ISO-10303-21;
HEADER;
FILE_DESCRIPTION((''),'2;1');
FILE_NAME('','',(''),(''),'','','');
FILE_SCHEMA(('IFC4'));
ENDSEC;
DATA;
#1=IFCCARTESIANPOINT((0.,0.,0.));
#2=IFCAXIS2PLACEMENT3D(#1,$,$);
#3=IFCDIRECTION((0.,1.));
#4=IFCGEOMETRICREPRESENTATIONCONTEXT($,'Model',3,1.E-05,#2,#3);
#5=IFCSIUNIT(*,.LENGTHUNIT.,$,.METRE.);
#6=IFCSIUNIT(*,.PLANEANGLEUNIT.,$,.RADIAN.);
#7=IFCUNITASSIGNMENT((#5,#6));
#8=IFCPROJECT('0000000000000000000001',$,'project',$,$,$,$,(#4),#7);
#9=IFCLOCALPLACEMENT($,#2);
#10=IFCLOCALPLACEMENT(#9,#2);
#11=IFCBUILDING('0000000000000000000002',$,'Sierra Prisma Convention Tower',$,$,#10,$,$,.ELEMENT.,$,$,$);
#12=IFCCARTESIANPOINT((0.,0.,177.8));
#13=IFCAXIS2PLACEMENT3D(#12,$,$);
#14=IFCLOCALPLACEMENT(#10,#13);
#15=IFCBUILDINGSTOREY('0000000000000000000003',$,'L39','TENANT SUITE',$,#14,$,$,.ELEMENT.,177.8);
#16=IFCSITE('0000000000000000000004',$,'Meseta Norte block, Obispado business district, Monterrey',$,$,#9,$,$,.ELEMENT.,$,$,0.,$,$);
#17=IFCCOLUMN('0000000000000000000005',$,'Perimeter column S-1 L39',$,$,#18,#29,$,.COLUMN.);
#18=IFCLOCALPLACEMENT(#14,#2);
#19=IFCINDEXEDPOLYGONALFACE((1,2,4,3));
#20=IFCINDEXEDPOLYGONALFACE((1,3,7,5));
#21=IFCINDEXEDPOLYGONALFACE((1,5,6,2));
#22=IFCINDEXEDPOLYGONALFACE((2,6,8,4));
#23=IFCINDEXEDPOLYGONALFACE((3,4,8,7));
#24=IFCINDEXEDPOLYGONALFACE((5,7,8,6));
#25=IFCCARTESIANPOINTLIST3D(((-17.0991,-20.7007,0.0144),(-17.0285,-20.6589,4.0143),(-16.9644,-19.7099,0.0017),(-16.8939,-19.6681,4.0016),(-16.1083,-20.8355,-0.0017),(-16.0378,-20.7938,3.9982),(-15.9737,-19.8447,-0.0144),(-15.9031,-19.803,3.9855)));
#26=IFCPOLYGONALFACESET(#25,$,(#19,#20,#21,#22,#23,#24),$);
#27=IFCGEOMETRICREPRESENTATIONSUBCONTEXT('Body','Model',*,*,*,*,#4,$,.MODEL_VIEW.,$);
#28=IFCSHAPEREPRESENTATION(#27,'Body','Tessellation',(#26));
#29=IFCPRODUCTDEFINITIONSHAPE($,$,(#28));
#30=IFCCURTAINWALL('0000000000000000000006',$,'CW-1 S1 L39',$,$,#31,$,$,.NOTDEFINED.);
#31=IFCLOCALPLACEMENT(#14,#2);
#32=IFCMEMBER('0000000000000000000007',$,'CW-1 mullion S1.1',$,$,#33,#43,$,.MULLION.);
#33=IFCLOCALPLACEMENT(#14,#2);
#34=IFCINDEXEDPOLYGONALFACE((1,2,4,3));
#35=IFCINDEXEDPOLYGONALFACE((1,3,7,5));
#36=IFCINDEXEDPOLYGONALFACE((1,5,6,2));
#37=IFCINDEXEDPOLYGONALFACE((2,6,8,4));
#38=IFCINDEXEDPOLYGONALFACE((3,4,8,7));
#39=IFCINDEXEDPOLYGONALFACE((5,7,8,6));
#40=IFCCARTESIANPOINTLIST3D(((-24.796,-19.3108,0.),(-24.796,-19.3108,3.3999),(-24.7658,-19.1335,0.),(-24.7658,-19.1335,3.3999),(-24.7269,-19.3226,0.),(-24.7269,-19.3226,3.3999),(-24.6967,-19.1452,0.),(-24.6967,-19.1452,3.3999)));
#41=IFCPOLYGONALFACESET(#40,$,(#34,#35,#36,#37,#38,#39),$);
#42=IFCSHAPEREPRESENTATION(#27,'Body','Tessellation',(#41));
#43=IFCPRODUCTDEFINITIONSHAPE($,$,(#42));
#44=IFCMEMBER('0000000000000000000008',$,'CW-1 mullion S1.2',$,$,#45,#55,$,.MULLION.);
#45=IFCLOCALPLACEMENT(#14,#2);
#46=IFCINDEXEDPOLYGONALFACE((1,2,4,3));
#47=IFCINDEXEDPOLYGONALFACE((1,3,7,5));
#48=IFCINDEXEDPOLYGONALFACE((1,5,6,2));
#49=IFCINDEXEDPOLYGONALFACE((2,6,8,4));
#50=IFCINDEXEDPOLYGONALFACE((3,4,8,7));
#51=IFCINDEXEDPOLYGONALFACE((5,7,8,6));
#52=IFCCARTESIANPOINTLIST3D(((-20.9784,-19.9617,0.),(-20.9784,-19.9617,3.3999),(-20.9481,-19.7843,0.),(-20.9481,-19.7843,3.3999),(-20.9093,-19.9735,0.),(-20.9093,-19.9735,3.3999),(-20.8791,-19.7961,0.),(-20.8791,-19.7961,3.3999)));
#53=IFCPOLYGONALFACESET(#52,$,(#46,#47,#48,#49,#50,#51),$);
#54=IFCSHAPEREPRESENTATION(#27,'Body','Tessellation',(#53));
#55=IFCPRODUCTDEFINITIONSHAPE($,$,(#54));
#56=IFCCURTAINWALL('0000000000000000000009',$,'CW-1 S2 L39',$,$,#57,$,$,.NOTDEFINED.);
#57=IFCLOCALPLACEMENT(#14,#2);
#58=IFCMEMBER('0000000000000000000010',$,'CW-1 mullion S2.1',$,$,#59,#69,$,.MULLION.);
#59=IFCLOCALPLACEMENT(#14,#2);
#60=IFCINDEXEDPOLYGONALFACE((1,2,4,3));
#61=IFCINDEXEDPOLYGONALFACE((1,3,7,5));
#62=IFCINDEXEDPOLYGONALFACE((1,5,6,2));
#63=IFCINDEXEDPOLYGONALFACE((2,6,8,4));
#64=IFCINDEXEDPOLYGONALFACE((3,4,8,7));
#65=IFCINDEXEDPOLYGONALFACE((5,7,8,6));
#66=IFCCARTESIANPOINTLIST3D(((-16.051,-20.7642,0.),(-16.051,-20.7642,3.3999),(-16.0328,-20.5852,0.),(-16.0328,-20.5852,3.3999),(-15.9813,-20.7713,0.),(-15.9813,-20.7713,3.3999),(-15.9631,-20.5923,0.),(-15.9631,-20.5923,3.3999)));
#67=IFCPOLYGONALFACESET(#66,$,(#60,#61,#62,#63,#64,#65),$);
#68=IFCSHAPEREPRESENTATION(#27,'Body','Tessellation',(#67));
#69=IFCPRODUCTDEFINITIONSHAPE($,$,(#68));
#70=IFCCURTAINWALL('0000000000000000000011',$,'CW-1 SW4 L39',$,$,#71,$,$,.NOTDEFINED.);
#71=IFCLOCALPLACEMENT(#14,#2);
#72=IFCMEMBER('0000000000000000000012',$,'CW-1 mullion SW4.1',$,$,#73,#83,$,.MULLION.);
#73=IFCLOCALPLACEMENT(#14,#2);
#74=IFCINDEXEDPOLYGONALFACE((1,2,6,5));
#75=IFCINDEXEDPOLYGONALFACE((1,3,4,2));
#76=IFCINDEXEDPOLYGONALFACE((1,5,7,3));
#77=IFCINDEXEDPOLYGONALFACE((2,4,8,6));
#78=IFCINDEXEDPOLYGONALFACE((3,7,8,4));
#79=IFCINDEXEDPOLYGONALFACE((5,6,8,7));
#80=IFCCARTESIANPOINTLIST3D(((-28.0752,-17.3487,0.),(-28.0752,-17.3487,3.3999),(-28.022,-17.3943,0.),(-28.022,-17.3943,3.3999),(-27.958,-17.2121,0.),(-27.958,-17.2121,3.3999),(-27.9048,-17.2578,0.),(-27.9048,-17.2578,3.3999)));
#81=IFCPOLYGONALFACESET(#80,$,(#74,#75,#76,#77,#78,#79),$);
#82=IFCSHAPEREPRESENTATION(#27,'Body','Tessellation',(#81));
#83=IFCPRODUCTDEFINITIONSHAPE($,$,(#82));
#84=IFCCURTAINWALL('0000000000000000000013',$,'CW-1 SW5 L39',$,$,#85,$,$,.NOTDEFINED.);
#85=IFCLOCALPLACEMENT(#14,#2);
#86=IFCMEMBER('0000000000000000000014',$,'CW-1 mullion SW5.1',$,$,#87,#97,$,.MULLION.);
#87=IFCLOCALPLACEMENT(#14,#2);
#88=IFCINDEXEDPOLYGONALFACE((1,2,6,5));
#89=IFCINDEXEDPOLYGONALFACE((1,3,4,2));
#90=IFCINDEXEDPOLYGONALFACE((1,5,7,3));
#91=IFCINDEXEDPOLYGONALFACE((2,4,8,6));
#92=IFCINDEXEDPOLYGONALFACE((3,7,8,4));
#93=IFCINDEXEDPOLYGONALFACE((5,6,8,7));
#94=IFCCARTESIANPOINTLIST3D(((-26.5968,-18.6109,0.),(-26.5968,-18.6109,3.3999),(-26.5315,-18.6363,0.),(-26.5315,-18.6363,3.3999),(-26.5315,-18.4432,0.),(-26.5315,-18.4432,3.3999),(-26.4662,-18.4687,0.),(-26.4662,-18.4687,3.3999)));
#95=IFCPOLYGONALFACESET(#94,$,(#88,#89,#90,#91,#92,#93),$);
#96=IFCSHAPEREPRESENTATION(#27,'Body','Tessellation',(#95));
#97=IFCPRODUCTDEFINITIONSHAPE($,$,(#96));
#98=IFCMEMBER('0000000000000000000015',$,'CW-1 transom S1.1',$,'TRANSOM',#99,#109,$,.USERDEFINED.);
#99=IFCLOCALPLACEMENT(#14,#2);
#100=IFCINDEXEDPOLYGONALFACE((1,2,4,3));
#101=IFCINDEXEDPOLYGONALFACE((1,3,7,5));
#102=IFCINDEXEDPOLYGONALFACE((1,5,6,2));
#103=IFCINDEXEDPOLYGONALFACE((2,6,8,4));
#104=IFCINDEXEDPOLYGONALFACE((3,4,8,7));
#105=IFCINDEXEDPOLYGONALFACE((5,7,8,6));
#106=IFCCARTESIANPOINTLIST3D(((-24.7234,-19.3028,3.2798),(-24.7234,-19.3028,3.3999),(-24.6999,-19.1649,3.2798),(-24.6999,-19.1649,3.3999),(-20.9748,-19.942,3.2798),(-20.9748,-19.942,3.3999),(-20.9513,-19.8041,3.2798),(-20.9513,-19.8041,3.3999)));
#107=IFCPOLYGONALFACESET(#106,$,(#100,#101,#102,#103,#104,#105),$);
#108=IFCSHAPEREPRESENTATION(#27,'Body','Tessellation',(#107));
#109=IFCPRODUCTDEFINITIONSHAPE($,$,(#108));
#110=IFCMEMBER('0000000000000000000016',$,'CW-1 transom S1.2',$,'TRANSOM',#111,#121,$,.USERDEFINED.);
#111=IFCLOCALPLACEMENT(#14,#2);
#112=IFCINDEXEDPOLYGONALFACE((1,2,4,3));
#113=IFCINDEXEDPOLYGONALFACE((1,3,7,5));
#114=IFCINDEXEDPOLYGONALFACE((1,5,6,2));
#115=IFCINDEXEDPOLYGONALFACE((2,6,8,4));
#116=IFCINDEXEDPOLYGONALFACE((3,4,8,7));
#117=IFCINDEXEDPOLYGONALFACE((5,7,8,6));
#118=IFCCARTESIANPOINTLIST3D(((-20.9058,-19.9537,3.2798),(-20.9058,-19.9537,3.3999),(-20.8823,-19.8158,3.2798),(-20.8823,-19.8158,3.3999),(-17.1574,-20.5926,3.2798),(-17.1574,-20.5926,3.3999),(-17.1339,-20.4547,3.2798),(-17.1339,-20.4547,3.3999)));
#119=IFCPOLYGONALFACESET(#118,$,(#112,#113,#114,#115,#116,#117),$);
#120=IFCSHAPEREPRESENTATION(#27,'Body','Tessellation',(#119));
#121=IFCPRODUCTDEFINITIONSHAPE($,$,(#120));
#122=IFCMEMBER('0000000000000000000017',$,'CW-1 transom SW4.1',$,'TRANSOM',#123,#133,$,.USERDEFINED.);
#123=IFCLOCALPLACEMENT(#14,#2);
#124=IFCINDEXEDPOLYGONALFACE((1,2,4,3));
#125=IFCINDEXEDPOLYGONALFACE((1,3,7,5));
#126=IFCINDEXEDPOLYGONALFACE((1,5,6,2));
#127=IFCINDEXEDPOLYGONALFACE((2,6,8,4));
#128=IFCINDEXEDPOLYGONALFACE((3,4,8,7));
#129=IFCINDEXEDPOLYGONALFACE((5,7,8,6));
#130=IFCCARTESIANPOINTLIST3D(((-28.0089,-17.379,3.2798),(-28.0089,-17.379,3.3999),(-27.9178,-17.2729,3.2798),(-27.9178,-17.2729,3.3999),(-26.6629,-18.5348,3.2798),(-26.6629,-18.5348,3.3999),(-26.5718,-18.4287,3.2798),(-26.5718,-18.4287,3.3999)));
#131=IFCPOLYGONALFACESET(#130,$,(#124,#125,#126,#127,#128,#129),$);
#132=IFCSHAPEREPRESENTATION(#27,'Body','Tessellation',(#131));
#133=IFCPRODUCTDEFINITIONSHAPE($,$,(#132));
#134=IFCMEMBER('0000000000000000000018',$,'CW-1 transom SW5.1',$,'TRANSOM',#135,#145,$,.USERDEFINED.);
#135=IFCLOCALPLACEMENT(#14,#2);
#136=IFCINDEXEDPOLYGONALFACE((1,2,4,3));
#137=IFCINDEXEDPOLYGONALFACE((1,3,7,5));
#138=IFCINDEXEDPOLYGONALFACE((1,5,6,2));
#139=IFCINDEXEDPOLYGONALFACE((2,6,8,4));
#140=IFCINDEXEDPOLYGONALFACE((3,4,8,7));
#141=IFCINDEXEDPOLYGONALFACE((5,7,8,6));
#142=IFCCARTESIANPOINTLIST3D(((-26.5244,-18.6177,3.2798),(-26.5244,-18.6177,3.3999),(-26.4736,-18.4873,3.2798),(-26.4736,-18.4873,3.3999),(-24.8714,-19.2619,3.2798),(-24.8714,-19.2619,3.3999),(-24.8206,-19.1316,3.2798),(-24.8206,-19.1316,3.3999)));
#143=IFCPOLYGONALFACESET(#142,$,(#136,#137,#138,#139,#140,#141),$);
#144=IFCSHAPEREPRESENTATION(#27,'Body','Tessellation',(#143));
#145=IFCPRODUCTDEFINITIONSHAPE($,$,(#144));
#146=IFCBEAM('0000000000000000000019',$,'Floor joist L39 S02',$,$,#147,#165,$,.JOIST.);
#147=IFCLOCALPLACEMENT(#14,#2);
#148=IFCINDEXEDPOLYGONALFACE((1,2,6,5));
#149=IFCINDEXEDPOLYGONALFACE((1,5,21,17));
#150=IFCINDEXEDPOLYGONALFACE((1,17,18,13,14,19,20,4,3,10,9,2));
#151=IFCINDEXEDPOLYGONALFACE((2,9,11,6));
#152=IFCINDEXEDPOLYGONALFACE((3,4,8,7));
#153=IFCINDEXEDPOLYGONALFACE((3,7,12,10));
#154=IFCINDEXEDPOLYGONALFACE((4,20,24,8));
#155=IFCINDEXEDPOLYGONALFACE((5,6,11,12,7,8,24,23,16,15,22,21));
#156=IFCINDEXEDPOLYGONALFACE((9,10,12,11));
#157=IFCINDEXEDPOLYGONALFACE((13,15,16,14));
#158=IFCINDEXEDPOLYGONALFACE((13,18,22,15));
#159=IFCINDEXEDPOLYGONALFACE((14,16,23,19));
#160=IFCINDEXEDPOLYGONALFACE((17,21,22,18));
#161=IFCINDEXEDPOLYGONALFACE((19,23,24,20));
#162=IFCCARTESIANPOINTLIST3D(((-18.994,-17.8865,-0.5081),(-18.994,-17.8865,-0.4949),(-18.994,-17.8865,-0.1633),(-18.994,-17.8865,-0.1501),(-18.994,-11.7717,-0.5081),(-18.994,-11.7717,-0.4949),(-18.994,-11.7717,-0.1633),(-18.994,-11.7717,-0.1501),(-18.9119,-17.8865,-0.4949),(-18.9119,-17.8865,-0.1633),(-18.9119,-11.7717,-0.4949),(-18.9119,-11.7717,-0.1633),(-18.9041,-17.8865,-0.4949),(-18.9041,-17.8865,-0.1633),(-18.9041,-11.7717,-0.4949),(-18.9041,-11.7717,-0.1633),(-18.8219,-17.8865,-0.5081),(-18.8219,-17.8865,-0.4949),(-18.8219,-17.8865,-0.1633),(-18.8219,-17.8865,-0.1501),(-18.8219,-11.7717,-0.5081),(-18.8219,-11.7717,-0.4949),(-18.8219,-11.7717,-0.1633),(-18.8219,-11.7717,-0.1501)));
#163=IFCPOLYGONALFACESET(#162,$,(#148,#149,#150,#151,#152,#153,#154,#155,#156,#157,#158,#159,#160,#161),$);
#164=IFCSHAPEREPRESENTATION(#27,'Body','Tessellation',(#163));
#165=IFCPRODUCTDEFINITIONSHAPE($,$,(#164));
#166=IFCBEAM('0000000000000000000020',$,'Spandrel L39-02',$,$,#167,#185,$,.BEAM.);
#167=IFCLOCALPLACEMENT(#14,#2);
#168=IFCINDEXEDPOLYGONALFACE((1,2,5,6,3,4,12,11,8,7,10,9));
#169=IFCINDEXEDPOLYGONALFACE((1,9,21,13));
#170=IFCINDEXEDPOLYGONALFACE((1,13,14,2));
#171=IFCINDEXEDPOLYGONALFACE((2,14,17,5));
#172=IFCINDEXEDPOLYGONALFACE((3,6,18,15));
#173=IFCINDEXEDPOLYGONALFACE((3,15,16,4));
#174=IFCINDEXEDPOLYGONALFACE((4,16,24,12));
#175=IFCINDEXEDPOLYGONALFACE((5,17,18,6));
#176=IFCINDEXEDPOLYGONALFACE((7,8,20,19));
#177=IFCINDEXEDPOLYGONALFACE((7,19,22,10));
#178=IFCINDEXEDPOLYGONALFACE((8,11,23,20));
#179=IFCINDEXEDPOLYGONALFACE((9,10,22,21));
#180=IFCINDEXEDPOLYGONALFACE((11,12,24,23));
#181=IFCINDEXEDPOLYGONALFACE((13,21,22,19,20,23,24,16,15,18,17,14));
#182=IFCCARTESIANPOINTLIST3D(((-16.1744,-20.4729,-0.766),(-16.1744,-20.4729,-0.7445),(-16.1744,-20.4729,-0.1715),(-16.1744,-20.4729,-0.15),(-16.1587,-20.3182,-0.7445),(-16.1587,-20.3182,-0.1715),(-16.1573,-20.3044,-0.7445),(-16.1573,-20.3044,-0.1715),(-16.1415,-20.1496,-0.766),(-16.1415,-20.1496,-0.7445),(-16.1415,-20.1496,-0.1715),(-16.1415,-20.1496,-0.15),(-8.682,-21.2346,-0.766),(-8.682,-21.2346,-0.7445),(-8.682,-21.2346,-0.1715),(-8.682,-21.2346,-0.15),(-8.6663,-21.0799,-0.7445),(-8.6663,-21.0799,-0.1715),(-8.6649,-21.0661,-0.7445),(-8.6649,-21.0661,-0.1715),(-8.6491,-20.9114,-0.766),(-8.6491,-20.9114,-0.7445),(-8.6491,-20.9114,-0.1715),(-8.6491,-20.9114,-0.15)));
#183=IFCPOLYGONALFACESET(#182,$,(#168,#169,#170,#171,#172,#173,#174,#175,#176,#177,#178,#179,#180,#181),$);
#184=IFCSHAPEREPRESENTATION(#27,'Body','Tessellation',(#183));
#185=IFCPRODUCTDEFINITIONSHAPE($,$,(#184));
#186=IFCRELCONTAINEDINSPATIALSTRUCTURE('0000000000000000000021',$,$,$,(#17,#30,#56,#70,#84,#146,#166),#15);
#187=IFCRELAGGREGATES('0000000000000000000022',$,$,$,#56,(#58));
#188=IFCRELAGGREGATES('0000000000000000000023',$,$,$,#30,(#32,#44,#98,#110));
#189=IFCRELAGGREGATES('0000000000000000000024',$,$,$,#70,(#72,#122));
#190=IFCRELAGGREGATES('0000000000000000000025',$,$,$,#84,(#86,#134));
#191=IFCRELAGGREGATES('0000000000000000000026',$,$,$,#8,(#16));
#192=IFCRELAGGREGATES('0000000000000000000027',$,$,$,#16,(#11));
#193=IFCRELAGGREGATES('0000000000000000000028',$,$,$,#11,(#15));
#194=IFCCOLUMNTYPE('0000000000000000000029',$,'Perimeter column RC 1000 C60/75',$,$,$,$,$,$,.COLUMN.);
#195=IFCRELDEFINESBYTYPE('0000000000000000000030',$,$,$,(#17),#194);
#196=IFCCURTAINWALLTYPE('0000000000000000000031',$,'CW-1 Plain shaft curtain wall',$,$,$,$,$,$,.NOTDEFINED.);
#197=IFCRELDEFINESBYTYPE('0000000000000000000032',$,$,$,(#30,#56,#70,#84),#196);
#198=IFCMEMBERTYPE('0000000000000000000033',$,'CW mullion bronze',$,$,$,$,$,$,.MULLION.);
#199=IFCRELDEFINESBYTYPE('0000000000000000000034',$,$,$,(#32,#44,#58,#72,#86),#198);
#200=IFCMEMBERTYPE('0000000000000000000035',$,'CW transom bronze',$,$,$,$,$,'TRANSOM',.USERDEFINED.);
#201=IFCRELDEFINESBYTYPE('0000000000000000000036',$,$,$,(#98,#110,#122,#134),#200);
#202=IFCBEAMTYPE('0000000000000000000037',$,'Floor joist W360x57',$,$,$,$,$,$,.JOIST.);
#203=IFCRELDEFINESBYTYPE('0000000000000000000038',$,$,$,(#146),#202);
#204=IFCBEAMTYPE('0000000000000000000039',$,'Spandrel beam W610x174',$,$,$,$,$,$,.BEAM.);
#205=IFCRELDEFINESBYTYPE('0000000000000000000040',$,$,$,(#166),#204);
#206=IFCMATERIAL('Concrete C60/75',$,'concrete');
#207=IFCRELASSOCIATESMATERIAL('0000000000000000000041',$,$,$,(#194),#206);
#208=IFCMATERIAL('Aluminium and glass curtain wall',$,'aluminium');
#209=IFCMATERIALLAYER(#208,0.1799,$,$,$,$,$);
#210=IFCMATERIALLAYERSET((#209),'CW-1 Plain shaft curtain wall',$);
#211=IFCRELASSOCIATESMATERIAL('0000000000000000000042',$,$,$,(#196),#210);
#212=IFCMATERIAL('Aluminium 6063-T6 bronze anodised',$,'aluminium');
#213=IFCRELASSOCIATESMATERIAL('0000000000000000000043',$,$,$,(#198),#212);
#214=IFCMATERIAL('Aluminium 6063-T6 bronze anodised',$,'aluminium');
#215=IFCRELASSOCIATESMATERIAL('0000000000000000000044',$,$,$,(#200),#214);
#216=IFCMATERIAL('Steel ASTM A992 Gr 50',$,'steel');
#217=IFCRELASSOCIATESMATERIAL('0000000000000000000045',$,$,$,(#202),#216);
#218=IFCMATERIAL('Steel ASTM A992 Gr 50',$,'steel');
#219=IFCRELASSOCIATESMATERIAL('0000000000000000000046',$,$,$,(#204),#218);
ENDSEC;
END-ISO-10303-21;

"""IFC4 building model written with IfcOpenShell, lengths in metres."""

from ifc_helpers import new_model, si_unit, direction, frame, origin, origin_2d, place, context, subcontext, project, spatial, rectangle, i_section, extrude, material, layer, layer_set, material_profile, profile_set, type_object, element, aggregate, save


model = new_model("IFC4")

# Units and contexts
model_context = context("Model", 3, precision=1e-05, world=origin(), true_north=direction((0.0, 1.0)))
body_context = subcontext(model_context, "Body", "Model", "MODEL_VIEW")
ifc_project = project(units=[si_unit("LENGTHUNIT", "METRE"), si_unit("PLANEANGLEUNIT", "RADIAN")], contexts=[model_context])

# Site, building, storey
site_placement = place(None, origin())
site = spatial("IfcSite", under=ifc_project, at=site_placement, Name="Meseta Norte block, Obispado business district, Monterrey", CompositionType="ELEMENT", RefElevation=0.0)
building_placement = place(site_placement, origin())
building = spatial("IfcBuilding", under=site, at=building_placement, Name="Sierra Prisma Convention Tower", CompositionType="ELEMENT")
storey_placement = place(building_placement, frame((0.0, 0.0, 177.8)))
storey = spatial("IfcBuildingStorey", under=building, at=storey_placement, Name="L39", Description="TENANT SUITE", CompositionType="ELEMENT", Elevation=177.8)

# Column
ifc_material_1 = material(Name="Concrete C60/75", Category="concrete")
ifc_material_profile_1 = material_profile(ifc_material_1, rectangle(XDim=1.0, YDim=1.0, at=origin_2d()), Name="Perimeter column RC 1000 C60/75")
ifc_profile_set_1 = profile_set([ifc_material_profile_1], Name="Concrete C60/75")
column_type = type_object("IfcColumnType", Name="Perimeter column RC 1000 C60/75", PredefinedType="COLUMN", material=ifc_profile_set_1)
column_placement = place(storey_placement, frame((-16.5364, -20.2727, 0.0), z_axis=(0.017635, 0.010435, 0.99979), x_axis=(-0.990735, 0.134853, 0.016068)))
element("IfcColumn", 1, at=column_placement, inside=storey, type_object=column_type, Name="Perimeter column S-1 L39", PredefinedType="COLUMN", context=body_context, shape_type="SweptSolid", body=[
    extrude(rectangle(XDim=1.0, YDim=1.0, at=origin_2d()), origin(), (0.0, 0.0, 1.0), 4.0007),
])

# Curtain wall, members
ifc_material_2 = material(Name="Aluminium and glass curtain wall", Category="aluminium")
ifc_layer_1 = layer(ifc_material_2, 0.1799)
ifc_layer_set_1 = layer_set([ifc_layer_1], Name="CW-1 Plain shaft curtain wall")
curtain_wall_type = type_object("IfcCurtainWallType", Name="CW-1 Plain shaft curtain wall", PredefinedType="NOTDEFINED", material=ifc_layer_set_1)
curtain_wall_1_placement = place(storey_placement, origin())
curtain_wall_1 = element("IfcCurtainWall", 2, at=curtain_wall_1_placement, inside=storey, type_object=curtain_wall_type, Name="CW-1 S1 L39", PredefinedType="NOTDEFINED")
ifc_material_3 = material(Name="Aluminium 6063-T6 bronze anodised", Category="aluminium")
ifc_material_profile_2 = material_profile(ifc_material_3, rectangle(XDim=0.1799, YDim=0.0701, at=origin_2d()), Name="ALU MULLION 70x180")
ifc_profile_set_2 = profile_set([ifc_material_profile_2], Name="Aluminium 6063-T6 bronze anodised")
member_type_1 = type_object("IfcMemberType", Name="CW mullion bronze", PredefinedType="MULLION", material=ifc_profile_set_2)
member_1_placement = place(storey_placement, frame((-24.7463, -19.228, 0.0), z_axis=(0.0, 0.0, 1.0), x_axis=(0.16806, 0.985777, 0.0)))
member_1 = element("IfcMember", 3, at=member_1_placement, type_object=member_type_1, Name="CW-1 mullion S1.1", PredefinedType="MULLION", context=body_context, shape_type="SweptSolid", body=[
    extrude(rectangle(XDim=0.1799, YDim=0.0701, at=origin_2d()), origin(), (0.0, 0.0, 1.0), 3.3999),
])
member_2_placement = place(storey_placement, frame((-20.9287, -19.8789, 0.0), z_axis=(0.0, 0.0, 1.0), x_axis=(0.16806, 0.985777, 0.0)))
member_2 = element("IfcMember", 4, at=member_2_placement, type_object=member_type_1, Name="CW-1 mullion S1.2", PredefinedType="MULLION", context=body_context, shape_type="SweptSolid", body=[
    extrude(rectangle(XDim=0.1799, YDim=0.0701, at=origin_2d()), origin(), (0.0, 0.0, 1.0), 3.3999),
])

# Curtain walls, members
curtain_wall_2_placement = place(storey_placement, origin())
curtain_wall_2 = element("IfcCurtainWall", 5, at=curtain_wall_2_placement, inside=storey, type_object=curtain_wall_type, Name="CW-1 S2 L39", PredefinedType="NOTDEFINED")
member_3_placement = place(storey_placement, frame((-16.0071, -20.6782, 0.0), z_axis=(0.0, 0.0, 1.0), x_axis=(0.101144, 0.994872, 0.0)))
member_3 = element("IfcMember", 6, at=member_3_placement, type_object=member_type_1, Name="CW-1 mullion S2.1", PredefinedType="MULLION", context=body_context, shape_type="SweptSolid", body=[
    extrude(rectangle(XDim=0.1799, YDim=0.0701, at=origin_2d()), origin(), (0.0, 0.0, 1.0), 3.3999),
])
aggregate(curtain_wall_2, [member_3])
curtain_wall_3_placement = place(storey_placement, origin())
curtain_wall_3 = element("IfcCurtainWall", 7, at=curtain_wall_3_placement, inside=storey, type_object=curtain_wall_type, Name="CW-1 SW4 L39", PredefinedType="NOTDEFINED")
member_4_placement = place(storey_placement, frame((-27.99, -17.3032, 0.0), z_axis=(0.0, 0.0, 1.0), x_axis=(0.651357, 0.758771, 0.0)))
member_4 = element("IfcMember", 8, at=member_4_placement, type_object=member_type_1, Name="CW-1 mullion SW4.1", PredefinedType="MULLION", context=body_context, shape_type="SweptSolid", body=[
    extrude(rectangle(XDim=0.1799, YDim=0.0701, at=origin_2d()), origin(), (0.0, 0.0, 1.0), 3.3999),
])
curtain_wall_4_placement = place(storey_placement, origin())
curtain_wall_4 = element("IfcCurtainWall", 9, at=curtain_wall_4_placement, inside=storey, type_object=curtain_wall_type, Name="CW-1 SW5 L39", PredefinedType="NOTDEFINED")
member_5_placement = place(storey_placement, frame((-26.5315, -18.5398, 0.0), z_axis=(0.0, 0.0, 1.0), x_axis=(0.363057, 0.931767, 0.0)))
member_5 = element("IfcMember", 10, at=member_5_placement, type_object=member_type_1, Name="CW-1 mullion SW5.1", PredefinedType="MULLION", context=body_context, shape_type="SweptSolid", body=[
    extrude(rectangle(XDim=0.1799, YDim=0.0701, at=origin_2d()), origin(), (0.0, 0.0, 1.0), 3.3999),
])

# Members
ifc_material_4 = material(Name="Aluminium 6063-T6 bronze anodised", Category="aluminium")
ifc_material_profile_3 = material_profile(ifc_material_4, rectangle(XDim=0.1399, YDim=0.1201, at=origin_2d()), Name="ALU TRANSOM 120x140")
ifc_profile_set_3 = profile_set([ifc_material_profile_3], Name="Aluminium 6063-T6 bronze anodised")
member_type_2 = type_object("IfcMemberType", Name="CW transom bronze", ElementType="TRANSOM", PredefinedType="USERDEFINED", material=ifc_profile_set_3)
member_6_placement = place(storey_placement, frame((-24.7117, -19.2339, 3.3398), z_axis=(0.985773, -0.168083, 0.0), x_axis=(0.168083, 0.985773, 0.0)))
member_6 = element("IfcMember", 11, at=member_6_placement, type_object=member_type_2, Name="CW-1 transom S1.1", ObjectType="TRANSOM", PredefinedType="USERDEFINED", context=body_context, shape_type="SweptSolid", body=[
    extrude(rectangle(XDim=0.1399, YDim=0.1201, at=origin_2d()), origin(), (0.0, 0.0, 1.0), 3.8027),
])
member_7_placement = place(storey_placement, frame((-20.894, -19.8848, 3.3398), z_axis=(0.985783, -0.168021, 0.0), x_axis=(0.168021, 0.985783, 0.0)))
member_7 = element("IfcMember", 12, at=member_7_placement, type_object=member_type_2, Name="CW-1 transom S1.2", ObjectType="TRANSOM", PredefinedType="USERDEFINED", context=body_context, shape_type="SweptSolid", body=[
    extrude(rectangle(XDim=0.1399, YDim=0.1201, at=origin_2d()), origin(), (0.0, 0.0, 1.0), 3.8025),
])
member_8_placement = place(storey_placement, frame((-27.9634, -17.3259, 3.3398), z_axis=(0.758673, -0.651471, 0.0), x_axis=(0.651471, 0.758673, 0.0)))
member_8 = element("IfcMember", 13, at=member_8_placement, type_object=member_type_2, Name="CW-1 transom SW4.1", ObjectType="TRANSOM", PredefinedType="USERDEFINED", context=body_context, shape_type="SweptSolid", body=[
    extrude(rectangle(XDim=0.1399, YDim=0.1201, at=origin_2d()), origin(), (0.0, 0.0, 1.0), 1.7742),
])
member_9_placement = place(storey_placement, frame((-26.499, -18.5525, 3.3398), z_axis=(0.931733, -0.363143, 0.0), x_axis=(0.363143, 0.931733, 0.0)))
member_9 = element("IfcMember", 14, at=member_9_placement, type_object=member_type_2, Name="CW-1 transom SW5.1", ObjectType="TRANSOM", PredefinedType="USERDEFINED", context=body_context, shape_type="SweptSolid", body=[
    extrude(rectangle(XDim=0.1399, YDim=0.1201, at=origin_2d()), origin(), (0.0, 0.0, 1.0), 1.7742),
])

# Beams
ifc_material_5 = material(Name="Steel ASTM A992 Gr 50", Category="steel")
ifc_material_profile_4 = material_profile(ifc_material_5, i_section(OverallWidth=0.1721, OverallDepth=0.3579, WebThickness=0.0078, FlangeThickness=0.0132, at=origin_2d()), Name="W360x57")
ifc_profile_set_4 = profile_set([ifc_material_profile_4], Name="Steel ASTM A992 Gr 50")
beam_type_1 = type_object("IfcBeamType", Name="Floor joist W360x57", PredefinedType="JOIST", material=ifc_profile_set_4)
beam_1_placement = place(storey_placement, frame((-18.908, -17.8865, -0.3291), z_axis=(0.0, 1.0, 0.0), x_axis=(-1.0, 0.0, 0.0)))
element("IfcBeam", 15, at=beam_1_placement, inside=storey, type_object=beam_type_1, Name="Floor joist L39 S02", PredefinedType="JOIST", context=body_context, shape_type="SweptSolid", body=[
    extrude(i_section(OverallWidth=0.1721, OverallDepth=0.3579, WebThickness=0.0078, FlangeThickness=0.0132, at=origin_2d()), origin(), (0.0, 0.0, 1.0), 6.1147),
])
ifc_material_6 = material(Name="Steel ASTM A992 Gr 50", Category="steel")
ifc_material_profile_5 = material_profile(ifc_material_6, i_section(OverallWidth=0.325, OverallDepth=0.616, WebThickness=0.0139, FlangeThickness=0.0215, at=origin_2d()), Name="W610x174")
ifc_profile_set_5 = profile_set([ifc_material_profile_5], Name="Steel ASTM A992 Gr 50")
beam_type_2 = type_object("IfcBeamType", Name="Spandrel beam W610x174", PredefinedType="BEAM", material=ifc_profile_set_5)
beam_2_placement = place(storey_placement, frame((-16.158, -20.3113, -0.458), z_axis=(0.994872, -0.101144, 0.0), x_axis=(0.101144, 0.994872, 0.0)))
element("IfcBeam", 16, at=beam_2_placement, inside=storey, type_object=beam_type_2, Name="Spandrel L39-02", PredefinedType="BEAM", context=body_context, shape_type="SweptSolid", body=[
    extrude(i_section(OverallWidth=0.325, OverallDepth=0.616, WebThickness=0.0139, FlangeThickness=0.0215, at=origin_2d()), origin(), (0.0, 0.0, 1.0), 7.531),
])

aggregate(curtain_wall_1, [member_1, member_2, member_6, member_7])

aggregate(curtain_wall_3, [member_4, member_8])
aggregate(curtain_wall_4, [member_5, member_9])

save(model, "model.ifc")
